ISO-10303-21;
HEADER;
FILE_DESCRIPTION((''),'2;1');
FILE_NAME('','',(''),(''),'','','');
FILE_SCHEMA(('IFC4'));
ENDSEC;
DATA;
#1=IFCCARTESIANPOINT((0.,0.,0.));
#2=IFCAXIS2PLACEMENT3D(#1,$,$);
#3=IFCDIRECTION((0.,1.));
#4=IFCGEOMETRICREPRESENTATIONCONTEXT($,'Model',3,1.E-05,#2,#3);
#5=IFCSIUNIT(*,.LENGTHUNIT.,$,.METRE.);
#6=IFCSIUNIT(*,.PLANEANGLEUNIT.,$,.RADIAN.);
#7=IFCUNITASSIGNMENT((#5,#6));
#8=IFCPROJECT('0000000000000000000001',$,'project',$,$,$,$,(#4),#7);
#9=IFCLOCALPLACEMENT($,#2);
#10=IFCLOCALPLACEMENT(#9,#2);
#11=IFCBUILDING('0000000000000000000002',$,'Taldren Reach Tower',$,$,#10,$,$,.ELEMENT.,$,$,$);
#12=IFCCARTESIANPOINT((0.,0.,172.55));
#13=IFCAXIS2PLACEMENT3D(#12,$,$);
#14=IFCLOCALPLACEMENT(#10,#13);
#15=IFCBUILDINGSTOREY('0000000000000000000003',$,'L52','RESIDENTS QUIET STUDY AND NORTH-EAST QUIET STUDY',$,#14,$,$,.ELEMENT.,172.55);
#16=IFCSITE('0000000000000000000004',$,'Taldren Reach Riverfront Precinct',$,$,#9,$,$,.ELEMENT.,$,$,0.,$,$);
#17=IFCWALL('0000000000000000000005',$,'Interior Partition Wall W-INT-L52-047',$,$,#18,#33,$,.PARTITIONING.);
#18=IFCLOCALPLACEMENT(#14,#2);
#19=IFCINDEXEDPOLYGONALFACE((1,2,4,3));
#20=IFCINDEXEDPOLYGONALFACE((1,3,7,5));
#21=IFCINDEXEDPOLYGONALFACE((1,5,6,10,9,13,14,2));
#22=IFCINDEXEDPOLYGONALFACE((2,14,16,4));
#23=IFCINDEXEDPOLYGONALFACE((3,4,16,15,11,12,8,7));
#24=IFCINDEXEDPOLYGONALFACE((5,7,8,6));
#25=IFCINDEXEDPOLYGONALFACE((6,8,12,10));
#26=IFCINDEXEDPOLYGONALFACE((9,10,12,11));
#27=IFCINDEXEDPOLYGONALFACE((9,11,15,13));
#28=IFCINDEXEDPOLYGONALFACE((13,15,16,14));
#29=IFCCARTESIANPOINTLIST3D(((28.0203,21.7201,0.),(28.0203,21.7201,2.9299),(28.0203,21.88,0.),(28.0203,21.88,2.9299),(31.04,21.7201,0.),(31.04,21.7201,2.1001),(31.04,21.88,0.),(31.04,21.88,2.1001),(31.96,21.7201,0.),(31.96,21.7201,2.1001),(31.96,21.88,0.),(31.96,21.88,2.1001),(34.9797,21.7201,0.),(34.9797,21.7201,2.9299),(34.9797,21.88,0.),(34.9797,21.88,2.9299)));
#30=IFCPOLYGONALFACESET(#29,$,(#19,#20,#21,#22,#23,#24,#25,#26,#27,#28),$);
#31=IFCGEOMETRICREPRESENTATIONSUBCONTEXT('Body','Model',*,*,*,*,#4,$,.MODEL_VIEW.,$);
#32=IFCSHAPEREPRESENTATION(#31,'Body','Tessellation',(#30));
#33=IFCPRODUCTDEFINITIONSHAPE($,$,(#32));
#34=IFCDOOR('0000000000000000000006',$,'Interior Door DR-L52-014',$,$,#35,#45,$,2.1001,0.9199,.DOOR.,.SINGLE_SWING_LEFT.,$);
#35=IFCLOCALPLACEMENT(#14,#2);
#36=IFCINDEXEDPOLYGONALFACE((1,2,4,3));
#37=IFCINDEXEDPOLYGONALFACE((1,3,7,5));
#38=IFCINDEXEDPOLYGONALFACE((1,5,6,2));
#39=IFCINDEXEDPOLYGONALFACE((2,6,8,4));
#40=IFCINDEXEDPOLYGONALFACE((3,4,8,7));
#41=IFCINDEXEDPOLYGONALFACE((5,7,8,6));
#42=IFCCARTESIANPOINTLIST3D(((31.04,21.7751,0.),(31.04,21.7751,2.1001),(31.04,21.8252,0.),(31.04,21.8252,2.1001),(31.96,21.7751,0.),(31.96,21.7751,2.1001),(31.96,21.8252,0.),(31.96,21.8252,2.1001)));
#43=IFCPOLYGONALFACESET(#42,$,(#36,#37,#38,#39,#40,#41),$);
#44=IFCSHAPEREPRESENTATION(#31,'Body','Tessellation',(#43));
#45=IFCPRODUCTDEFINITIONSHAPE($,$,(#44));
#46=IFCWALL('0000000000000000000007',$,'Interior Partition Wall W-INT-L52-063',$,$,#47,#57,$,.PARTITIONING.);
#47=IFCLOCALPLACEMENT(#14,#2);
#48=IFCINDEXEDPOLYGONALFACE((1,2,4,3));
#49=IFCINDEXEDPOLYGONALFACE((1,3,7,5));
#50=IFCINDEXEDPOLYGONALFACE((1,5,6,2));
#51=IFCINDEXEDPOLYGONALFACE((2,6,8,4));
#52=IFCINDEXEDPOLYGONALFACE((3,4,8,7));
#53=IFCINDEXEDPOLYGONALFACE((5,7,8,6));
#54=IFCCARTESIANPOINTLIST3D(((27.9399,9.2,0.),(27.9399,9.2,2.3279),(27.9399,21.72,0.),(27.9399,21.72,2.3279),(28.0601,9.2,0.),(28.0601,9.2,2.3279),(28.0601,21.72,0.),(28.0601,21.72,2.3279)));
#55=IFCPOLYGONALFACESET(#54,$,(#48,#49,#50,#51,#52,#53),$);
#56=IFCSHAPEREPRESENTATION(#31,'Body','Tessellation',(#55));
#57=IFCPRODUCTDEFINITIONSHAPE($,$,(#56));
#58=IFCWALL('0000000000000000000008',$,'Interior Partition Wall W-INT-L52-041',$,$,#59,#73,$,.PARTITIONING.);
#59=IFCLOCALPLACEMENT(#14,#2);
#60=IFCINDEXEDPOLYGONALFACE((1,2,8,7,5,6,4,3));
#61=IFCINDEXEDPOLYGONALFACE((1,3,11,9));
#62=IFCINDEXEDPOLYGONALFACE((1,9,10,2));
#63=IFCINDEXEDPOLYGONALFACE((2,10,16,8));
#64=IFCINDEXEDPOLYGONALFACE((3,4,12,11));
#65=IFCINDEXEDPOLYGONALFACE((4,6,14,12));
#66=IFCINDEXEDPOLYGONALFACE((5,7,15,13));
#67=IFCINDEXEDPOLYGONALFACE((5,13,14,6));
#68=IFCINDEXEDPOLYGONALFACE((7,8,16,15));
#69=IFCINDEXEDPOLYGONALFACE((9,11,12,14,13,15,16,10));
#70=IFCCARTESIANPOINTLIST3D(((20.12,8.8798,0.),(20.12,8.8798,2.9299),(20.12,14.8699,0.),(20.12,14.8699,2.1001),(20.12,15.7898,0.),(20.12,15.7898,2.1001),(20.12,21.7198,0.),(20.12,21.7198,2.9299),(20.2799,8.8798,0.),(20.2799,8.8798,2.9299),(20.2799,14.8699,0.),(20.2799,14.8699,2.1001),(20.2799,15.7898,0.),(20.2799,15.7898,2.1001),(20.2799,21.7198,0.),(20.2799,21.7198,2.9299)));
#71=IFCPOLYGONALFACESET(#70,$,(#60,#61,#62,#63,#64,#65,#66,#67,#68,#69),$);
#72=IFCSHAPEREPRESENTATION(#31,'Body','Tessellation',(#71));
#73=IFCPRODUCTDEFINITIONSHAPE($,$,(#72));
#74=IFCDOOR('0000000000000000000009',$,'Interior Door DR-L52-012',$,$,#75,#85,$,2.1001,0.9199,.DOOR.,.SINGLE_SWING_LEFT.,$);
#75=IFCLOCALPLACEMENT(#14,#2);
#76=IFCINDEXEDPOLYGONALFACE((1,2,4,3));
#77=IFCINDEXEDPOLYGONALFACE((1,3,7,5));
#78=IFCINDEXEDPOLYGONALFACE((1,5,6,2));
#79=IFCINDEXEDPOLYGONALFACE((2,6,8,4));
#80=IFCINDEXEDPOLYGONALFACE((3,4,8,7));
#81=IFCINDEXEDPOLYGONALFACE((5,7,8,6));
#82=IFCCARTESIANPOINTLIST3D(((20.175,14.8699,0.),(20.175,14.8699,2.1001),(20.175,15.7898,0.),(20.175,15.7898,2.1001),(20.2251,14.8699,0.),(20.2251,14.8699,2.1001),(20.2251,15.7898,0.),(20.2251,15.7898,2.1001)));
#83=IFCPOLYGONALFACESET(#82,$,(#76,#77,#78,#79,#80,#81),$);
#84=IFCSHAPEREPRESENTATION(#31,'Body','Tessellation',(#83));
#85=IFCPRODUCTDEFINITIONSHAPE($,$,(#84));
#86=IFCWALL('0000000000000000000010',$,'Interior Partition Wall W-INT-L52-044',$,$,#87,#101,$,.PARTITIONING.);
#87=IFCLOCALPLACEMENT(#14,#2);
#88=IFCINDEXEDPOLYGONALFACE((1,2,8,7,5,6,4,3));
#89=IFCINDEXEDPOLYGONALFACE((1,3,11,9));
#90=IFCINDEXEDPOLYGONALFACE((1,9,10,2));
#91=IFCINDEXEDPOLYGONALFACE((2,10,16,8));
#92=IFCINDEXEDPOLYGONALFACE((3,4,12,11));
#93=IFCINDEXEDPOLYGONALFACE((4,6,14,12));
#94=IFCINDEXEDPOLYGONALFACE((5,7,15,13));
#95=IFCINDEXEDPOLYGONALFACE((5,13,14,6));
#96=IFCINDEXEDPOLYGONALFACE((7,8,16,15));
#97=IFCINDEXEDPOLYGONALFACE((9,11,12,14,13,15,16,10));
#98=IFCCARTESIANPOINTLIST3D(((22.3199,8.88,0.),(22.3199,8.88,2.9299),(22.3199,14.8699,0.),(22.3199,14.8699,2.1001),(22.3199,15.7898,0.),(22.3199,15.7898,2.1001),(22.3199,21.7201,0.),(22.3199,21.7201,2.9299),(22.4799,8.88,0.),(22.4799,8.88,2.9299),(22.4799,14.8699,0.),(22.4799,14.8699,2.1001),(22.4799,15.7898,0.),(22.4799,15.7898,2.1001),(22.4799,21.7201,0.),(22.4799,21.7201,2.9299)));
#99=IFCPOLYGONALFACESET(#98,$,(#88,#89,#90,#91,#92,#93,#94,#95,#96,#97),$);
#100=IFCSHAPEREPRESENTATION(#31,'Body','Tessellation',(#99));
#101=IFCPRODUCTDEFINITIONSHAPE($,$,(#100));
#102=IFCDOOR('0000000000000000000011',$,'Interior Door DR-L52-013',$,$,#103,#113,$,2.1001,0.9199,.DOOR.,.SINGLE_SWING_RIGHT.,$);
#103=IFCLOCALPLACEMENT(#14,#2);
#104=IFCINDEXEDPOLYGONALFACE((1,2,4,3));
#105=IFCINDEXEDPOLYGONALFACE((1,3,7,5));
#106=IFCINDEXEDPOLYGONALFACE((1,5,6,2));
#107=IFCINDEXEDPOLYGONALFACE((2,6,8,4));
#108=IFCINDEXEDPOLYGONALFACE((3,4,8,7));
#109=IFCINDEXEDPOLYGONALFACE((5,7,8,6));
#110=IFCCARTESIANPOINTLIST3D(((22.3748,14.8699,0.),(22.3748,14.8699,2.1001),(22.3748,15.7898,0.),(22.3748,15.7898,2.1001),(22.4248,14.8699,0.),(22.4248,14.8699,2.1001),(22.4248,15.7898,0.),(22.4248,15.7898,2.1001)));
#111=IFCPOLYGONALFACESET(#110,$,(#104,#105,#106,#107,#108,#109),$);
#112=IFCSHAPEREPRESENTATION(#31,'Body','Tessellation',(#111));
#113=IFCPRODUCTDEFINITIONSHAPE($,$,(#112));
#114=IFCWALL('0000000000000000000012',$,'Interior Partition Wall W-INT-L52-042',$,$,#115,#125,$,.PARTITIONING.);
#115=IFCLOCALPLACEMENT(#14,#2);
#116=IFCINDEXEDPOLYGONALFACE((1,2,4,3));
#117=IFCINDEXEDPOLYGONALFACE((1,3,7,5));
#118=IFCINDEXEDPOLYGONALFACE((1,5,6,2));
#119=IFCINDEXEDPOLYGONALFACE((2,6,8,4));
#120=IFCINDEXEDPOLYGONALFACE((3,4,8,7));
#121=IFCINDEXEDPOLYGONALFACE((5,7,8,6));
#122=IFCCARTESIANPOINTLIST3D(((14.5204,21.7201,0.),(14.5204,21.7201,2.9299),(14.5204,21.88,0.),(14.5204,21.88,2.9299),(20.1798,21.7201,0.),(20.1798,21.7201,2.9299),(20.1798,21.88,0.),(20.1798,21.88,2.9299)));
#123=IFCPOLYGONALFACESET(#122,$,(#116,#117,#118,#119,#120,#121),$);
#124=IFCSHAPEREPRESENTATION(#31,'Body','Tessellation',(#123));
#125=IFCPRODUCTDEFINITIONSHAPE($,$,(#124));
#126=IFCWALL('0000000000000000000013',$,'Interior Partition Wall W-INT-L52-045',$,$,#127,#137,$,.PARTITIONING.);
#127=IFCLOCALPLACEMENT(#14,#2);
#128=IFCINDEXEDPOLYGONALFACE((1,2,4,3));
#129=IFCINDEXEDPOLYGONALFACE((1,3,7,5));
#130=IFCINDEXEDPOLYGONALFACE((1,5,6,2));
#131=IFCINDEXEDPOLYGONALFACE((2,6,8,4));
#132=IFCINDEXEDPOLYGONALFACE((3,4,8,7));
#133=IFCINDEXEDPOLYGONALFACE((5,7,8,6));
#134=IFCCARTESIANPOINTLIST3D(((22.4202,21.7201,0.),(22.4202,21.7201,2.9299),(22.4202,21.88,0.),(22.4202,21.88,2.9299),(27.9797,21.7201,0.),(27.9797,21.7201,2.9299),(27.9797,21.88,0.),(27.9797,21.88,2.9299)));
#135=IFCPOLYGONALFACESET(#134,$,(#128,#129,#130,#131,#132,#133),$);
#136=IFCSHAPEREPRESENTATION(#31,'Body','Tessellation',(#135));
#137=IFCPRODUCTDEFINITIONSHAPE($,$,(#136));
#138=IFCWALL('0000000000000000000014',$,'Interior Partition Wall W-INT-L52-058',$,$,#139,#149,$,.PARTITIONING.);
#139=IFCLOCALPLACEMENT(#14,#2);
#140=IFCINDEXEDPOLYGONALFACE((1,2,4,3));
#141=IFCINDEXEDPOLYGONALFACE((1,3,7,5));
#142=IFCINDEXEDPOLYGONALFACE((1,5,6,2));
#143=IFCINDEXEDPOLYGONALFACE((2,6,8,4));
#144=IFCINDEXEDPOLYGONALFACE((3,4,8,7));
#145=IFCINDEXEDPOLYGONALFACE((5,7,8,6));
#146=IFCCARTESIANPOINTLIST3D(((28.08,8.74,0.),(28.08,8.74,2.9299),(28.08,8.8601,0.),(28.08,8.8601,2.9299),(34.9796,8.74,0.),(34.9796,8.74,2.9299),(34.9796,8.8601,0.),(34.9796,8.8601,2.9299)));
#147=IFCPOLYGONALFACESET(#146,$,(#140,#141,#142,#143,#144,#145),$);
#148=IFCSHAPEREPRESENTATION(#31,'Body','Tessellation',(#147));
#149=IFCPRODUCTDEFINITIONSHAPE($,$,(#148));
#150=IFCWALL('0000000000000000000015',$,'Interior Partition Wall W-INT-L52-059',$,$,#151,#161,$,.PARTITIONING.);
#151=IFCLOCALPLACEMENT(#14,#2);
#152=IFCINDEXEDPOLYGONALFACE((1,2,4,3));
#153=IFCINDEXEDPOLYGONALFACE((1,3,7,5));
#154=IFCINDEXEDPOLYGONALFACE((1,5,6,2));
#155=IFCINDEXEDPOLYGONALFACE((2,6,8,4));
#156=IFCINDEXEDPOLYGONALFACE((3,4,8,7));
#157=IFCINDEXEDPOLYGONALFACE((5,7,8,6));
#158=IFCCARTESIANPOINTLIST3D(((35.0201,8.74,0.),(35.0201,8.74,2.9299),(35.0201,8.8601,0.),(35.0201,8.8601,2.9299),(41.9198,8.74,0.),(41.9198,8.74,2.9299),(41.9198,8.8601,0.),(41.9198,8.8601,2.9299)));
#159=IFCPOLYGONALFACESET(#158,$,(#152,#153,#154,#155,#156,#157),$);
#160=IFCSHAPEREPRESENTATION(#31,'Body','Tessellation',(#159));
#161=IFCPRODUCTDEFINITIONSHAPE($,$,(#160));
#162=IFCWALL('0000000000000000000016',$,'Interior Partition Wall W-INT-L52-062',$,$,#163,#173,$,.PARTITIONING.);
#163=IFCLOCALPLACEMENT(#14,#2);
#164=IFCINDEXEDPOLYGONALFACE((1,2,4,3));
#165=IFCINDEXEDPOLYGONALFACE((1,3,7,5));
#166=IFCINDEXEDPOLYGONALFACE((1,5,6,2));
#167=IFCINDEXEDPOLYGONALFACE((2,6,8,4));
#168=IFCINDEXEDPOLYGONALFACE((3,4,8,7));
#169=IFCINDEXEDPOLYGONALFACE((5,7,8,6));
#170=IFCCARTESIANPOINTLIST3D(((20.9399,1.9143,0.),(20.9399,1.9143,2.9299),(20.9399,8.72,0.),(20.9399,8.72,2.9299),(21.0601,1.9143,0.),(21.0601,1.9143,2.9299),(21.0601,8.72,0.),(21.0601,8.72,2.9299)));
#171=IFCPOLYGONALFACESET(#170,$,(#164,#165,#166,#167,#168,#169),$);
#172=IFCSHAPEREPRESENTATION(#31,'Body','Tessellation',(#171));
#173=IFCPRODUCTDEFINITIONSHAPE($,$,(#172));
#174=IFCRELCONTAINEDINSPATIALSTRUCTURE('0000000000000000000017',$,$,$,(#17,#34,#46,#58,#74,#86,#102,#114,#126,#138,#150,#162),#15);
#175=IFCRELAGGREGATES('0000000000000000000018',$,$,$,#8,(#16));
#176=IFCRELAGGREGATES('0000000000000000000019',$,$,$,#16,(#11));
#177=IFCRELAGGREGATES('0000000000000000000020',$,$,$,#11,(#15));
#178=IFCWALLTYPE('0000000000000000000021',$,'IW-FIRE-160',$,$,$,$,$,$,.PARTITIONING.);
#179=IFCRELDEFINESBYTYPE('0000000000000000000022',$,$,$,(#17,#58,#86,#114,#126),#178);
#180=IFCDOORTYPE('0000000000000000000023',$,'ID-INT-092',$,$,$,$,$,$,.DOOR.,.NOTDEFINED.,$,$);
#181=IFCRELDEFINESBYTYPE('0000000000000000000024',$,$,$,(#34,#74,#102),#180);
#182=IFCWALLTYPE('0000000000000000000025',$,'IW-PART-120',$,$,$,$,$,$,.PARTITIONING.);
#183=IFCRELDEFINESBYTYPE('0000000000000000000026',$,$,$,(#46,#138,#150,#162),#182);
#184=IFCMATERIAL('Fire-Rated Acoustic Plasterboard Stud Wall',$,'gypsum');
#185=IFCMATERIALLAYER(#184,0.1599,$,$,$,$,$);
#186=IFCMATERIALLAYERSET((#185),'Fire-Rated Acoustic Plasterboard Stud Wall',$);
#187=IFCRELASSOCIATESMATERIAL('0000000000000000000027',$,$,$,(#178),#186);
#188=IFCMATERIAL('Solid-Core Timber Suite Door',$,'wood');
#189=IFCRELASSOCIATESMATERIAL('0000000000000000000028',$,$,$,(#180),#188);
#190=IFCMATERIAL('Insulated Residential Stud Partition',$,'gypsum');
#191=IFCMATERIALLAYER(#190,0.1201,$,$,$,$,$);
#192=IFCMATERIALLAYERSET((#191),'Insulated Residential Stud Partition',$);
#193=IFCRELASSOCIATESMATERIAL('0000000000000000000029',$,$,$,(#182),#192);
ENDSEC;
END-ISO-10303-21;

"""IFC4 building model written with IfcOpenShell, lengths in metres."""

from ifc_helpers import new_model, si_unit, direction, frame, frame_2d, origin, place, context, subcontext, project, spatial, rectangle, extrude, source, transform, mapped, material, layer, layer_set, type_object, element, fill, save


model = new_model("IFC4")

# Units and contexts
model_context = context("Model", 3, precision=1e-05, world=origin(), true_north=direction((0.0, 1.0)))
body_context = subcontext(model_context, "Body", "Model", "MODEL_VIEW")
ifc_project = project(units=[si_unit("LENGTHUNIT", "METRE"), si_unit("PLANEANGLEUNIT", "RADIAN")], contexts=[model_context])

# Site, building, storey
site_placement = place(None, origin())
site = spatial("IfcSite", under=ifc_project, at=site_placement, Name="Taldren Reach Riverfront Precinct", CompositionType="ELEMENT", RefElevation=0.0)
building_placement = place(site_placement, origin())
building = spatial("IfcBuilding", under=site, at=building_placement, Name="Taldren Reach Tower", CompositionType="ELEMENT")
storey_placement = place(building_placement, frame((0.0, 0.0, 172.55)))
storey = spatial("IfcBuildingStorey", under=building, at=storey_placement, Name="L52", Description="RESIDENTS QUIET STUDY AND NORTH-EAST QUIET STUDY", CompositionType="ELEMENT", Elevation=172.55)

# Shared definitions
ifc_material_1 = material(Name="Fire-Rated Acoustic Plasterboard Stud Wall", Category="gypsum")
ifc_layer_1 = layer(ifc_material_1, 0.1599)
ifc_layer_set_1 = layer_set([ifc_layer_1], Name="Fire-Rated Acoustic Plasterboard Stud Wall")
wall_type_1 = type_object("IfcWallType", Name="IW-FIRE-160", PredefinedType="PARTITIONING", material=ifc_layer_set_1)

# Wall, opening, door
shared_shape_1 = source(origin(), body_context, "Body", "SweptSolid", [
    extrude(rectangle(XDim=6.9595, YDim=0.1599, at=frame_2d((3.4797, 0.0))), origin(), (0.0, 0.0, 1.0), 2.9299),
])
wall_1_placement = place(storey_placement, frame((34.9797, 21.8, 0.0), z_axis=(0.0, 0.0, 1.0), x_axis=(-1.0, 0.0, 0.0)))
wall_1 = element("IfcWall", 1, at=wall_1_placement, inside=storey, type_object=wall_type_1, Name="Interior Partition Wall W-INT-L52-047", PredefinedType="PARTITIONING", context=body_context, shape_type="MappedRepresentation", body=[
    mapped(shared_shape_1, transform((0.0, 0.0, 0.0), scale=1.0)),
])
shared_shape_2 = source(origin(), body_context, "Body", "SweptSolid", [
    extrude(rectangle(XDim=0.9199, YDim=2.1001, at=frame_2d((0.46, 1.05))), frame((0.0, 0.0898, 0.0), z_axis=(0.0, -1.0, 0.0), x_axis=(1.0, 0.0, 0.0)), (0.0, 0.0, 1.0), 0.1799),
])
opening_1_placement = place(wall_1_placement, frame((3.0198, 0.0, 0.0)))
opening_1 = element("IfcOpeningElement", 2, at=opening_1_placement, cuts=wall_1, PredefinedType="OPENING", context=body_context, shape_type="MappedRepresentation", body=[
    mapped(shared_shape_2, transform((0.0, 0.0, 0.0), scale=1.0)),
])
ifc_material_2 = material(Name="Solid-Core Timber Suite Door", Category="wood")
door_type = type_object("IfcDoorType", Name="ID-INT-092", OperationType="NOTDEFINED", PredefinedType="DOOR", material=ifc_material_2)
shared_shape_3 = source(origin(), body_context, "Body", "SweptSolid", [
    extrude(rectangle(XDim=0.9199, YDim=2.1001, at=frame_2d((0.46, 1.05))), frame((0.0, 0.0249, 0.0), z_axis=(0.0, -1.0, 0.0), x_axis=(1.0, 0.0, 0.0)), (0.0, 0.0, 1.0), 0.05),
])
door_1_placement = place(opening_1_placement, origin())
door_1 = element("IfcDoor", 3, at=door_1_placement, inside=storey, type_object=door_type, Name="Interior Door DR-L52-014", OperationType="SINGLE_SWING_LEFT", OverallHeight=2.1001, OverallWidth=0.9199, PredefinedType="DOOR", context=body_context, shape_type="MappedRepresentation", body=[
    mapped(shared_shape_3, transform((0.0, 0.0, 0.0), scale=1.0)),
])
fill(opening_1, door_1)

# Wall
ifc_material_3 = material(Name="Insulated Residential Stud Partition", Category="gypsum")
ifc_layer_2 = layer(ifc_material_3, 0.1201)
ifc_layer_set_2 = layer_set([ifc_layer_2], Name="Insulated Residential Stud Partition")
wall_type_2 = type_object("IfcWallType", Name="IW-PART-120", PredefinedType="PARTITIONING", material=ifc_layer_set_2)
shared_shape_4 = source(origin(), body_context, "Body", "SweptSolid", [
    extrude(rectangle(XDim=12.52, YDim=0.1201, at=frame_2d((6.26, 0.0))), origin(), (0.0, 0.0, 1.0), 2.3279),
])
wall_2_placement = place(storey_placement, frame((28.0, 21.72, 0.0), z_axis=(0.0, 0.0, 1.0), x_axis=(0.0, -1.0, 0.0)))
element("IfcWall", 4, at=wall_2_placement, inside=storey, type_object=wall_type_2, Name="Interior Partition Wall W-INT-L52-063", PredefinedType="PARTITIONING", context=body_context, shape_type="MappedRepresentation", body=[
    mapped(shared_shape_4, transform((0.0, 0.0, 0.0), scale=1.0)),
])

# Walls, openings, doors
shared_shape_5 = source(origin(), body_context, "Body", "SweptSolid", [
    extrude(rectangle(XDim=12.8401, YDim=0.1599, at=frame_2d((6.4199, 0.0))), origin(), (0.0, 0.0, 1.0), 2.9299),
])
wall_3_placement = place(storey_placement, frame((20.2, 8.8799, 0.0), z_axis=(0.0, 0.0, 1.0), x_axis=(0.0, 1.0, 0.0)))
wall_3 = element("IfcWall", 5, at=wall_3_placement, inside=storey, type_object=wall_type_1, Name="Interior Partition Wall W-INT-L52-041", PredefinedType="PARTITIONING", context=body_context, shape_type="MappedRepresentation", body=[
    mapped(shared_shape_5, transform((0.0, 0.0, 0.0), scale=1.0)),
])
opening_2_placement = place(wall_3_placement, frame((5.99, 0.0, 0.0)))
opening_2 = element("IfcOpeningElement", 6, at=opening_2_placement, cuts=wall_3, PredefinedType="OPENING", context=body_context, shape_type="MappedRepresentation", body=[
    mapped(shared_shape_2, transform((0.0, 0.0, 0.0), scale=1.0)),
])
door_2_placement = place(opening_2_placement, origin())
door_2 = element("IfcDoor", 7, at=door_2_placement, inside=storey, type_object=door_type, Name="Interior Door DR-L52-012", OperationType="SINGLE_SWING_LEFT", OverallHeight=2.1001, OverallWidth=0.9199, PredefinedType="DOOR", context=body_context, shape_type="MappedRepresentation", body=[
    mapped(shared_shape_3, transform((0.0, 0.0, 0.0), scale=1.0)),
])
fill(opening_2, door_2)
wall_4_placement = place(storey_placement, frame((22.3999, 21.72, 0.0), z_axis=(0.0, 0.0, 1.0), x_axis=(0.0, -1.0, 0.0)))
wall_4 = element("IfcWall", 8, at=wall_4_placement, inside=storey, type_object=wall_type_1, Name="Interior Partition Wall W-INT-L52-044", PredefinedType="PARTITIONING", context=body_context, shape_type="MappedRepresentation", body=[
    mapped(shared_shape_5, transform((0.0, 0.0, 0.0), scale=1.0)),
])
opening_3_placement = place(wall_4_placement, frame((5.9302, 0.0, 0.0)))
opening_3 = element("IfcOpeningElement", 9, at=opening_3_placement, cuts=wall_4, PredefinedType="OPENING", context=body_context, shape_type="MappedRepresentation", body=[
    mapped(shared_shape_2, transform((0.0, 0.0, 0.0), scale=1.0)),
])
door_3_placement = place(opening_3_placement, origin())
door_3 = element("IfcDoor", 10, at=door_3_placement, inside=storey, type_object=door_type, Name="Interior Door DR-L52-013", OperationType="SINGLE_SWING_RIGHT", OverallHeight=2.1001, OverallWidth=0.9199, PredefinedType="DOOR", context=body_context, shape_type="MappedRepresentation", body=[
    mapped(shared_shape_3, transform((0.0, 0.0, 0.0), scale=1.0)),
])
fill(opening_3, door_3)

# Walls
shared_shape_6 = source(origin(), body_context, "Body", "SweptSolid", [
    extrude(rectangle(XDim=5.6594, YDim=0.1599, at=frame_2d((2.8296, 0.0))), origin(), (0.0, 0.0, 1.0), 2.9299),
])
wall_5_placement = place(storey_placement, frame((20.1797, 21.8, 0.0), z_axis=(0.0, 0.0, 1.0), x_axis=(-1.0, 0.0, 0.0)))
element("IfcWall", 11, at=wall_5_placement, inside=storey, type_object=wall_type_1, Name="Interior Partition Wall W-INT-L52-042", PredefinedType="PARTITIONING", context=body_context, shape_type="MappedRepresentation", body=[
    mapped(shared_shape_6, transform((0.0, 0.0, 0.0), scale=1.0)),
])
shared_shape_7 = source(origin(), body_context, "Body", "SweptSolid", [
    extrude(rectangle(XDim=5.5596, YDim=0.1599, at=frame_2d((2.7798, 0.0))), origin(), (0.0, 0.0, 1.0), 2.9299),
])
wall_6_placement = place(storey_placement, frame((27.9797, 21.8, 0.0), z_axis=(0.0, 0.0, 1.0), x_axis=(-1.0, 0.0, 0.0)))
element("IfcWall", 12, at=wall_6_placement, inside=storey, type_object=wall_type_1, Name="Interior Partition Wall W-INT-L52-045", PredefinedType="PARTITIONING", context=body_context, shape_type="MappedRepresentation", body=[
    mapped(shared_shape_7, transform((0.0, 0.0, 0.0), scale=1.0)),
])
shared_shape_8 = source(origin(), body_context, "Body", "SweptSolid", [
    extrude(rectangle(XDim=6.8997, YDim=0.1201, at=frame_2d((3.4497, 0.0))), origin(), (0.0, 0.0, 1.0), 2.9299),
])
for number, where, z_axis, x_axis, name in (
    (13, (28.0801, 8.8, 0.0), (0.0, 0.0, 1.0), (1.0, 0.0, 0.0), "Interior Partition Wall W-INT-L52-058"),
    (14, (35.0203, 8.8, 0.0), (0.0, 0.0, 1.0), (1.0, 0.0, 0.0), "Interior Partition Wall W-INT-L52-059"),
):
    element("IfcWall", number, at=place(storey_placement, frame(where, z_axis=z_axis, x_axis=x_axis)), inside=storey, type_object=wall_type_2, Name=name, PredefinedType="PARTITIONING", context=body_context, shape_type="MappedRepresentation", body=[
        mapped(shared_shape_8, transform((0.0, 0.0, 0.0), scale=1.0)),
    ])
shared_shape_9 = source(origin(), body_context, "Body", "SweptSolid", [
    extrude(rectangle(XDim=6.8057, YDim=0.1201, at=frame_2d((3.4028, 0.0))), origin(), (0.0, 0.0, 1.0), 2.9299),
])
wall_7_placement = place(storey_placement, frame((21.0, 8.72, 0.0), z_axis=(0.0, 0.0, 1.0), x_axis=(0.0, -1.0, 0.0)))
element("IfcWall", 15, at=wall_7_placement, inside=storey, type_object=wall_type_2, Name="Interior Partition Wall W-INT-L52-062", PredefinedType="PARTITIONING", context=body_context, shape_type="MappedRepresentation", body=[
    mapped(shared_shape_9, transform((0.0, 0.0, 0.0), scale=1.0)),
])

save(model, "model.ifc")
